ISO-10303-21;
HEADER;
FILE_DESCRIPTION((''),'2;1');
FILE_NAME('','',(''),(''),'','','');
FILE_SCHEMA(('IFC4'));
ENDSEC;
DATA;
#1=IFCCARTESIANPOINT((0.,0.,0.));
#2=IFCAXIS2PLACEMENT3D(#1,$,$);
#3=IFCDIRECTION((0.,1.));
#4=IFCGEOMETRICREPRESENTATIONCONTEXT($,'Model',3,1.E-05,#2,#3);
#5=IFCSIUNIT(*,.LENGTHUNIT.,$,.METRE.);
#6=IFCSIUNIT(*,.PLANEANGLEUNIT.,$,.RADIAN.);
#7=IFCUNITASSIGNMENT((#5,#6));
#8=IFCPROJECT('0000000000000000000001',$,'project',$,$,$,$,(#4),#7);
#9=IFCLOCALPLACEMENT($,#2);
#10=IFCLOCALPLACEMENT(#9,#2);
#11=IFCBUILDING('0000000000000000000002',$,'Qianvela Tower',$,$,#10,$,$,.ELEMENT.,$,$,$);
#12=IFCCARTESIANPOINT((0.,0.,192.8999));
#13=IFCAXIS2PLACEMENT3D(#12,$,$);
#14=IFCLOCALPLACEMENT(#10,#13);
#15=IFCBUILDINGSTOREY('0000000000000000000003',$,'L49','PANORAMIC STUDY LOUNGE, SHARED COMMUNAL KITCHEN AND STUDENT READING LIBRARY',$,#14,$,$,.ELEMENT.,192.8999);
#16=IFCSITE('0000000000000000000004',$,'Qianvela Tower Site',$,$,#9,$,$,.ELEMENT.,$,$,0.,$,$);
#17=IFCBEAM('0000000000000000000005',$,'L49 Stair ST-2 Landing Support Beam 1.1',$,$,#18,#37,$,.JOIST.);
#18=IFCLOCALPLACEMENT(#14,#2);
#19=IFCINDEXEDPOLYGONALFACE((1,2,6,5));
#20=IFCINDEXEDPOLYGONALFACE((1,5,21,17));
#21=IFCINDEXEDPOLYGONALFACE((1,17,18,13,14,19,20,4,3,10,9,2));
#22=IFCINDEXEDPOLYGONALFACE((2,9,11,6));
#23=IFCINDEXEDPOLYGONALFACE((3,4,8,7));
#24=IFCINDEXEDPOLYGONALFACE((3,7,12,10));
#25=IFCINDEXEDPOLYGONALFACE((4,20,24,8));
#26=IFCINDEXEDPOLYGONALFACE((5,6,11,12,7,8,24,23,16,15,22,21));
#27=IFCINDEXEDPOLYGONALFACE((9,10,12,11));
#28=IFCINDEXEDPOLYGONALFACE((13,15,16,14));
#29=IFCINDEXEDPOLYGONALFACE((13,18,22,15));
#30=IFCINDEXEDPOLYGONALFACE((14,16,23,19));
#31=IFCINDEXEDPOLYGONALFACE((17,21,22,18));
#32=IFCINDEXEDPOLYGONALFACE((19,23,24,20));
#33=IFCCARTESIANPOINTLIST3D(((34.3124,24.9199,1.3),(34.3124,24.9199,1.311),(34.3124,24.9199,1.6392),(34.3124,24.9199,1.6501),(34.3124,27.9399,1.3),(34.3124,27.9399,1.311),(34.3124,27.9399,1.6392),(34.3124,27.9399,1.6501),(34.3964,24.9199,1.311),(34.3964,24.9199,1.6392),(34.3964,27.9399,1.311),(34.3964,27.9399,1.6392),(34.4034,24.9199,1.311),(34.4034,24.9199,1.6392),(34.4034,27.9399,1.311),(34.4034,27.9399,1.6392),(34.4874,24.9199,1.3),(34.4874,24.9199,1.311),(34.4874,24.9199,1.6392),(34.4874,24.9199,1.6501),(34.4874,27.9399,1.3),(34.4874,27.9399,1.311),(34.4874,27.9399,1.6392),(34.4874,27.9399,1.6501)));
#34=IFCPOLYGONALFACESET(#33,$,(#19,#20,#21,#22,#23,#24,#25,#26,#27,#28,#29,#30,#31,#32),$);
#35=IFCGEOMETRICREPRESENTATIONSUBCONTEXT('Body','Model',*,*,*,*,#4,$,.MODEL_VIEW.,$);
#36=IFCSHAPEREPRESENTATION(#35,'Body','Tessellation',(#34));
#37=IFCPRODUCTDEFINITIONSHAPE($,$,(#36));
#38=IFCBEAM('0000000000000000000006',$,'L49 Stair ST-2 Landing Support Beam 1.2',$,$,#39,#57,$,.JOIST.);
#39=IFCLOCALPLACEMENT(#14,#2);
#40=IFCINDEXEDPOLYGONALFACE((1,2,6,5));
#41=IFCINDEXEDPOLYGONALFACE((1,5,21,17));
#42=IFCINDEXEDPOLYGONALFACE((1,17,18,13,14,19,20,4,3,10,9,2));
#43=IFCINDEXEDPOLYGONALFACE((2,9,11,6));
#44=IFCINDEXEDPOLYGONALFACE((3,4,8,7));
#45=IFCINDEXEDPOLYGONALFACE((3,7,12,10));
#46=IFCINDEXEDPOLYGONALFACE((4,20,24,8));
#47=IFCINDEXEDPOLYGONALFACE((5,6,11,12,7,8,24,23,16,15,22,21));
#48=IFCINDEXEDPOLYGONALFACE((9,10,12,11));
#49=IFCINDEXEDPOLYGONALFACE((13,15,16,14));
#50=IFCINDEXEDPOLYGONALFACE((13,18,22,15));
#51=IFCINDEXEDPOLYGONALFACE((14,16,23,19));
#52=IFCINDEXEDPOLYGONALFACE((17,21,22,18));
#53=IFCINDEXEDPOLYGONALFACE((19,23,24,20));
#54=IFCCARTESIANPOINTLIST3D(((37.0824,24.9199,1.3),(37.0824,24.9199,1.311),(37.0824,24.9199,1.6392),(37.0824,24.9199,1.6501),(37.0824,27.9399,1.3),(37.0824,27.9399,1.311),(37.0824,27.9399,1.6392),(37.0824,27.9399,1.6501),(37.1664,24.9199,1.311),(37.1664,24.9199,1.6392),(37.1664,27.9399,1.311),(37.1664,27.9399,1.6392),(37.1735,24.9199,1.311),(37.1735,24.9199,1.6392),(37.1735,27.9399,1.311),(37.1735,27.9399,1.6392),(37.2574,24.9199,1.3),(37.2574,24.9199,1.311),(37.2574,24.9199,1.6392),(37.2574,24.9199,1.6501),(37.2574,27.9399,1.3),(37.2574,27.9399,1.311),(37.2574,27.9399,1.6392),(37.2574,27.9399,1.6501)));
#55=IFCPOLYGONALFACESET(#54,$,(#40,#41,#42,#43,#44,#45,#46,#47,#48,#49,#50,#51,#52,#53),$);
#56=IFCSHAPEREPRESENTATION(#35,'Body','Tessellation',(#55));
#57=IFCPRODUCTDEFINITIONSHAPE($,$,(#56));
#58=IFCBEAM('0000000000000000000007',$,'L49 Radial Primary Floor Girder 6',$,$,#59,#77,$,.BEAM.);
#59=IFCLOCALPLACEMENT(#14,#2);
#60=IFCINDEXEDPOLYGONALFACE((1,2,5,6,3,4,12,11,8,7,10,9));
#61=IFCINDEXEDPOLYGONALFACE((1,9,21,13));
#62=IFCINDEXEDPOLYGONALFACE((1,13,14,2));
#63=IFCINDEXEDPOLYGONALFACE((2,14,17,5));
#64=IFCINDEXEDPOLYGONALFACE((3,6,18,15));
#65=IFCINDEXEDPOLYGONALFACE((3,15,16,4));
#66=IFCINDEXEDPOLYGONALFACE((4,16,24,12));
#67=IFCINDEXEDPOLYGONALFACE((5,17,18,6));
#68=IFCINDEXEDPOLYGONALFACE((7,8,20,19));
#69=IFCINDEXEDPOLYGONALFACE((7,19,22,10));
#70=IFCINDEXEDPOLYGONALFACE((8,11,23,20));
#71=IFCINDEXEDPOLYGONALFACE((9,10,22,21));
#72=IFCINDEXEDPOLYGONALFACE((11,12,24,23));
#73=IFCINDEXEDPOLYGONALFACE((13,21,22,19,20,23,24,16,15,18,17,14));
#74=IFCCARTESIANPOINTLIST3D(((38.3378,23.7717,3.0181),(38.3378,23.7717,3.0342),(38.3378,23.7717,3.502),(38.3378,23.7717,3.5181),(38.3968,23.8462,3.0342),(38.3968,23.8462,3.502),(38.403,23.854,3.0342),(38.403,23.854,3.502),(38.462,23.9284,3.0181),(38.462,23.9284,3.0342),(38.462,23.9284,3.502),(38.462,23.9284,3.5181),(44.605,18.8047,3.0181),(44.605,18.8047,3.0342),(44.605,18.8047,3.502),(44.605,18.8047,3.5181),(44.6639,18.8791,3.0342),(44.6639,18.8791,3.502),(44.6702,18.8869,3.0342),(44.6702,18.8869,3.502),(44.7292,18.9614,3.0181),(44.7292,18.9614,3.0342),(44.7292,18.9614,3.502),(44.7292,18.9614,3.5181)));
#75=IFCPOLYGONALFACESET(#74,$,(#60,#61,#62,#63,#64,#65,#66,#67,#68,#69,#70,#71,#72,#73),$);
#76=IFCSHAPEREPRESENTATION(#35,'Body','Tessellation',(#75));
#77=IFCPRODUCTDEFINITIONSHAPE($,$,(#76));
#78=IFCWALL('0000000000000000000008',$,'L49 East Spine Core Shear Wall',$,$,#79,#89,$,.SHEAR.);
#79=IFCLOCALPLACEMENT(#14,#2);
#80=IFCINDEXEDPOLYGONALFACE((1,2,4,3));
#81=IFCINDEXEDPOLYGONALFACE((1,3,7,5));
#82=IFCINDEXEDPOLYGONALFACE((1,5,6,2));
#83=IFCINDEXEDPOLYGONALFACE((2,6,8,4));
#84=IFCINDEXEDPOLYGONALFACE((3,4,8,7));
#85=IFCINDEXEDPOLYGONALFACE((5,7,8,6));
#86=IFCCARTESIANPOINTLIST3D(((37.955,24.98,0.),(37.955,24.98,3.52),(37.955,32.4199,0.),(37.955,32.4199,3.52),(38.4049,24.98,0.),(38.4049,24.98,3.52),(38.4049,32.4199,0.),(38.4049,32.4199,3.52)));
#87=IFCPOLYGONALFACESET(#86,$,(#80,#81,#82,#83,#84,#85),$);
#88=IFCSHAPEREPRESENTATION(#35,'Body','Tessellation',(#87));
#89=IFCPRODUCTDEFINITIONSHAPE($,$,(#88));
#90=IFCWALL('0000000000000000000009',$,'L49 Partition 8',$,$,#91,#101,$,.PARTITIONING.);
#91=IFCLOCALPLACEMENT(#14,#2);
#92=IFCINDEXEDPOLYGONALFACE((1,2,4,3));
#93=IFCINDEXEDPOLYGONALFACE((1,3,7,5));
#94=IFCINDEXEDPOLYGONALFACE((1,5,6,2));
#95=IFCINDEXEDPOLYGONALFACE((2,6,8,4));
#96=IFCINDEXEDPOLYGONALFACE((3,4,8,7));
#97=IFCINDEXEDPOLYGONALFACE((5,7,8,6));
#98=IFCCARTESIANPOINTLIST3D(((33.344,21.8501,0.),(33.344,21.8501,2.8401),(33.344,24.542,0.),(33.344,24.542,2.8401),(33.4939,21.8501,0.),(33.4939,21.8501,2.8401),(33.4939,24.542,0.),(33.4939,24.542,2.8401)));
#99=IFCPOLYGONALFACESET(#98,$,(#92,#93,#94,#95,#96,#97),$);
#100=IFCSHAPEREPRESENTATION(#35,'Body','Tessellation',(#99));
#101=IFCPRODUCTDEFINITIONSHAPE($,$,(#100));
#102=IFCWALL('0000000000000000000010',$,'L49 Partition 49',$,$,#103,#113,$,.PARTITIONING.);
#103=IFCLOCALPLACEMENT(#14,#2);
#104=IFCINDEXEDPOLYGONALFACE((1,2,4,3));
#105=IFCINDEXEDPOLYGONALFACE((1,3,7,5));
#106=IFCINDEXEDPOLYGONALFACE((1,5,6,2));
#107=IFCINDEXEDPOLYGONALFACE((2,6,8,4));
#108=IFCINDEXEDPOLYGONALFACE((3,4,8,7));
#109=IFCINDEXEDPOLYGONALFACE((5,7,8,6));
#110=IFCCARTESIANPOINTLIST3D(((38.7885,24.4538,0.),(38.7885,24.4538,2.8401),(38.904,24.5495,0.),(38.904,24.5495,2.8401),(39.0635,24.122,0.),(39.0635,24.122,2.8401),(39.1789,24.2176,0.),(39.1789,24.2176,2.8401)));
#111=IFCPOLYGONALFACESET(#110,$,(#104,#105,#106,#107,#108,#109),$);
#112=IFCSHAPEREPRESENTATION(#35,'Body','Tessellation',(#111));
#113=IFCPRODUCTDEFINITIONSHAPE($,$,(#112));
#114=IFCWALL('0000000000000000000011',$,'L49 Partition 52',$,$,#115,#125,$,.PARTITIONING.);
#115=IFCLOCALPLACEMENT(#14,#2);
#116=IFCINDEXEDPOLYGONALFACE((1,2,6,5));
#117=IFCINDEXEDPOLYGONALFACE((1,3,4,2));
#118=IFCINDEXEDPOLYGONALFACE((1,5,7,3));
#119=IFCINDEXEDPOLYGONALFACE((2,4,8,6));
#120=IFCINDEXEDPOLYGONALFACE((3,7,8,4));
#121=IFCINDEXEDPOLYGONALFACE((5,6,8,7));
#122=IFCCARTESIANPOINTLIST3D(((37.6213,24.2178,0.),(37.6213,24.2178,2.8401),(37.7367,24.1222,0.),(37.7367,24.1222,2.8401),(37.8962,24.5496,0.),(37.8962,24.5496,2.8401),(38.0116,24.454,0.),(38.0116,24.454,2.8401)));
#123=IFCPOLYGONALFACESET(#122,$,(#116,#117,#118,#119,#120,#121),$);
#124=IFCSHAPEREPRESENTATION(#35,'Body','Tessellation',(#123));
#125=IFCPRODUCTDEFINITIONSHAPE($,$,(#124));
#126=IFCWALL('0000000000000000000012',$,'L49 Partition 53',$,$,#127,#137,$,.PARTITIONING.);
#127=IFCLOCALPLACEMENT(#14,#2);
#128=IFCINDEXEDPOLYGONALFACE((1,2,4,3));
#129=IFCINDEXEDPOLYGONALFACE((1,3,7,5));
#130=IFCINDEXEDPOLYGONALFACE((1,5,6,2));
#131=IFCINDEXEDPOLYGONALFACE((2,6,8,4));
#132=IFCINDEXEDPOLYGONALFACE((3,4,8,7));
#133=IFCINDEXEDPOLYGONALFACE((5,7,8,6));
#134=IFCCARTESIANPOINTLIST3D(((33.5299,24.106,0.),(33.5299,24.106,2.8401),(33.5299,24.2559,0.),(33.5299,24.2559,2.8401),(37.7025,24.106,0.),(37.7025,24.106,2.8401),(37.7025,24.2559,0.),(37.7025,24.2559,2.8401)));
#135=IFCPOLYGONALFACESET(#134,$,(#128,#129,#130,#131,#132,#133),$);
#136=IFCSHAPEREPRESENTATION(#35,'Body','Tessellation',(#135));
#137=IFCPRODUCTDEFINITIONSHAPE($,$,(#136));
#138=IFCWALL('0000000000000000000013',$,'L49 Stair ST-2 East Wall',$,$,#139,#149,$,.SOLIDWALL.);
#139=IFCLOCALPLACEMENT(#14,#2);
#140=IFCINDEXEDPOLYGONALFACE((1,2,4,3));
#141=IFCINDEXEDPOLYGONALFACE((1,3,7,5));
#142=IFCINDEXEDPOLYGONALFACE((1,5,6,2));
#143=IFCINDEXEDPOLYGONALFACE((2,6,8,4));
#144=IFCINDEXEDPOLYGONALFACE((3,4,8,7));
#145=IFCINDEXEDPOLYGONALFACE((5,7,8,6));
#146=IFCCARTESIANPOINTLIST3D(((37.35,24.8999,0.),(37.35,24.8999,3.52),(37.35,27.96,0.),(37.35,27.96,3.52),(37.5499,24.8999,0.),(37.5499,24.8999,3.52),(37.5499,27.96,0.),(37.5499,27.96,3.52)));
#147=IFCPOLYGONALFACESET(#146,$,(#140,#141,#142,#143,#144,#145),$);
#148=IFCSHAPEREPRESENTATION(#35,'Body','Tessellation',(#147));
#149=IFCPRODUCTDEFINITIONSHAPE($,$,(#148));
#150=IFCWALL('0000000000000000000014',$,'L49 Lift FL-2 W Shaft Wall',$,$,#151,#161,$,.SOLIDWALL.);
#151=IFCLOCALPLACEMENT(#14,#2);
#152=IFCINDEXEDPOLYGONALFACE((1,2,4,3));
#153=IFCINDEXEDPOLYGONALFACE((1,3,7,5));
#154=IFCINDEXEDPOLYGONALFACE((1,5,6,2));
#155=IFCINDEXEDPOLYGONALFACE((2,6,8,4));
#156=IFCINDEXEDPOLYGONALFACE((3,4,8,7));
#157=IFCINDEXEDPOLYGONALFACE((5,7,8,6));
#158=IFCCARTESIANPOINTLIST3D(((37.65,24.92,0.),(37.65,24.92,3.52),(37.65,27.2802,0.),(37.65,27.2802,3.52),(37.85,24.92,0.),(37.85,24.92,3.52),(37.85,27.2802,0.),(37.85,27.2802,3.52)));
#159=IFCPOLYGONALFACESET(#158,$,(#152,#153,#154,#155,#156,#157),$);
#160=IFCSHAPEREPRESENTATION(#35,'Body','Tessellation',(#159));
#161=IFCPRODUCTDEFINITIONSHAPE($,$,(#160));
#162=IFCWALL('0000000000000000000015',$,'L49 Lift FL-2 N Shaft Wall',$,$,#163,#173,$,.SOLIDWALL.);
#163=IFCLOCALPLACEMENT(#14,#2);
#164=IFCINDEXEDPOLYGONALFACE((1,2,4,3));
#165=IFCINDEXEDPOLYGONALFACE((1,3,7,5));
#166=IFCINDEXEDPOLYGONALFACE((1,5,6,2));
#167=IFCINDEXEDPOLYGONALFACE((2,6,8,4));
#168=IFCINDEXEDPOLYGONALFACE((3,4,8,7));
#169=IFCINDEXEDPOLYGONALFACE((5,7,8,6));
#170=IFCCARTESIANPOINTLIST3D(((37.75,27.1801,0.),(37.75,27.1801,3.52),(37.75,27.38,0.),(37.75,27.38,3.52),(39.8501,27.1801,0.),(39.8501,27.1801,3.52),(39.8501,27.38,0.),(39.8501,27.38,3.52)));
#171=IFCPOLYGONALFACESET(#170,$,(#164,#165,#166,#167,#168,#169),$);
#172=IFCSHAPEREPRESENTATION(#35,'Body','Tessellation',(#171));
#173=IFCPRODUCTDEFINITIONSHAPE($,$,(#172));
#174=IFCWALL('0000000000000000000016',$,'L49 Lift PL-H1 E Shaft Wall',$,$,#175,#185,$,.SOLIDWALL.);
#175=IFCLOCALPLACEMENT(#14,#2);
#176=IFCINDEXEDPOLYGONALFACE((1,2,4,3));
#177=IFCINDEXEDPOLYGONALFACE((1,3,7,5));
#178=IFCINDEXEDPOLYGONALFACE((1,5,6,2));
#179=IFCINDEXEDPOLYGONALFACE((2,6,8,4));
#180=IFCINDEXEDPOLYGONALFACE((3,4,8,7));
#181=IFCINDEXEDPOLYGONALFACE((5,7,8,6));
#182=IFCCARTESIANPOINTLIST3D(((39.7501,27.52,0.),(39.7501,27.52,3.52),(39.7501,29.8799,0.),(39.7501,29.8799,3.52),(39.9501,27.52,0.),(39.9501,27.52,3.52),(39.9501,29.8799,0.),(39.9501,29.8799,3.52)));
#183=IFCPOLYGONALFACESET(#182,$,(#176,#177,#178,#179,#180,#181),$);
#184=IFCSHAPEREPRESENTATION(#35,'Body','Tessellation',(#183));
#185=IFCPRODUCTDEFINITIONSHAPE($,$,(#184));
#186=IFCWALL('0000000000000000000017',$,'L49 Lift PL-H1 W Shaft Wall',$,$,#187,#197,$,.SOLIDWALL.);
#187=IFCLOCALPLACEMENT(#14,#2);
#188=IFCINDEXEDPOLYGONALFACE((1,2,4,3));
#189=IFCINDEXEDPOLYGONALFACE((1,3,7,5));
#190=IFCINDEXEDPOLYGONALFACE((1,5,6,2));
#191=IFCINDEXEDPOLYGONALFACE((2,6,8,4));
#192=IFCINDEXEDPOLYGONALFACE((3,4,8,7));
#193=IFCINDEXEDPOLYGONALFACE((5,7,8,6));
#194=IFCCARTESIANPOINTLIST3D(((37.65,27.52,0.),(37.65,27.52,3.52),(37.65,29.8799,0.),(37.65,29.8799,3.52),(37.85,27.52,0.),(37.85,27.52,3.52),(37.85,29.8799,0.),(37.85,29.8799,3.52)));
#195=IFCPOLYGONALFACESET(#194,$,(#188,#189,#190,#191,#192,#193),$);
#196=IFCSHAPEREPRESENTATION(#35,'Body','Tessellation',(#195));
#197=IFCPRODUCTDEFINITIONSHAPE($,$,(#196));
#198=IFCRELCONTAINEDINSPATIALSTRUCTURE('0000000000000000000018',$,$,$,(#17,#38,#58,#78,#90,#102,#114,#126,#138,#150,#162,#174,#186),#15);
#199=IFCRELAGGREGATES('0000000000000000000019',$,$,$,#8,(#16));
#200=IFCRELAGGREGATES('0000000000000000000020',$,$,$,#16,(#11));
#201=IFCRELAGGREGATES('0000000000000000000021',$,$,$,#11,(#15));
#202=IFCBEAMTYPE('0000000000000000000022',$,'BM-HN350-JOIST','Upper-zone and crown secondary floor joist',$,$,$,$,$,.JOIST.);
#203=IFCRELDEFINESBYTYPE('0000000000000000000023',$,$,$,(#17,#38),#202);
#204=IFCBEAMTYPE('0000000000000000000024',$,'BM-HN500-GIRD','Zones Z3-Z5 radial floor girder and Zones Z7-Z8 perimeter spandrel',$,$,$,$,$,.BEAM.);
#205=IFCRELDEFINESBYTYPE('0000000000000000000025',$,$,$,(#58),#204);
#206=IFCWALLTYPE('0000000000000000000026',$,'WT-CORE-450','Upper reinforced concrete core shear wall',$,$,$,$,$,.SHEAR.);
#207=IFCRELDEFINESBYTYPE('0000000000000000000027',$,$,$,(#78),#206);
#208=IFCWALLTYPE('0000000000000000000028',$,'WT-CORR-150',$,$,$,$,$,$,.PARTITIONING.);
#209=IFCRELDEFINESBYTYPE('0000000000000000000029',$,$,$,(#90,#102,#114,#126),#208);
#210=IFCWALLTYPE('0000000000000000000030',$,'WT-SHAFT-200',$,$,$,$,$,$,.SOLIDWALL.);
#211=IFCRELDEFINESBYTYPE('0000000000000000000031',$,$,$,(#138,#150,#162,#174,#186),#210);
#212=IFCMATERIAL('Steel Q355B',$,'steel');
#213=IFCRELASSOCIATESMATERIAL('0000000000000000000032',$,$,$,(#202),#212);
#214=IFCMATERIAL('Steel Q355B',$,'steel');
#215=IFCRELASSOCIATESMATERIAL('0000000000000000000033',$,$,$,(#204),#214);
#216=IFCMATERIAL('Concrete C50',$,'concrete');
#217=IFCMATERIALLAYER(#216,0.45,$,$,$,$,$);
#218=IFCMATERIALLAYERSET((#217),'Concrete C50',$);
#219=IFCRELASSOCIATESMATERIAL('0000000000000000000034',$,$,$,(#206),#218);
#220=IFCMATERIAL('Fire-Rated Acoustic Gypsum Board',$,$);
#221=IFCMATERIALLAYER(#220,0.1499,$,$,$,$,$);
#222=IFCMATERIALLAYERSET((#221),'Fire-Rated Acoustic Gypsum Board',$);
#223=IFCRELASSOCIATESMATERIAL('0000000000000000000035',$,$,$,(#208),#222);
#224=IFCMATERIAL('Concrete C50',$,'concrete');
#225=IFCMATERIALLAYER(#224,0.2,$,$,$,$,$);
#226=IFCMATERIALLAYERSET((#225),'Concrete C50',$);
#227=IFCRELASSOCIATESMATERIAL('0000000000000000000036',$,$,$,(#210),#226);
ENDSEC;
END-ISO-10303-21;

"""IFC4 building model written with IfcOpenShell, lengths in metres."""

from ifc_helpers import new_model, si_unit, direction, frame, frame_2d, origin, origin_2d, place, context, subcontext, project, spatial, rectangle, i_section, extrude, material, layer, layer_set, material_profile, profile_set, type_object, element, save


model = new_model("IFC4")

# Units and contexts
model_context = context("Model", 3, precision=1e-05, world=origin(), true_north=direction((0.0, 1.0)))
body_context = subcontext(model_context, "Body", "Model", "MODEL_VIEW")
ifc_project = project(units=[si_unit("LENGTHUNIT", "METRE"), si_unit("PLANEANGLEUNIT", "RADIAN")], contexts=[model_context])

# Site, building, storey
site_placement = place(None, origin())
site = spatial("IfcSite", under=ifc_project, at=site_placement, Name="Qianvela Tower Site", CompositionType="ELEMENT", RefElevation=0.0)
building_placement = place(site_placement, origin())
building = spatial("IfcBuilding", under=site, at=building_placement, Name="Qianvela Tower", CompositionType="ELEMENT")
storey_placement = place(building_placement, frame((0.0, 0.0, 192.8999)))
storey = spatial("IfcBuildingStorey", under=building, at=storey_placement, Name="L49", Description="PANORAMIC STUDY LOUNGE, SHARED COMMUNAL KITCHEN AND STUDENT READING LIBRARY", CompositionType="ELEMENT", Elevation=192.8999)

# Beams
ifc_material_1 = material(Name="Steel Q355B", Category="steel")
ifc_material_profile_1 = material_profile(ifc_material_1, i_section(OverallWidth=0.175, OverallDepth=0.3501, WebThickness=0.0071, FlangeThickness=0.011, at=origin_2d()), Name="HN350x175x7x11")
ifc_profile_set_1 = profile_set([ifc_material_profile_1], Name="Steel Q355B")
beam_type_1 = type_object("IfcBeamType", Name="BM-HN350-JOIST", Description="Upper-zone and crown secondary floor joist", PredefinedType="JOIST", material=ifc_profile_set_1)
for number, where, z_axis, x_axis, name in (
    (1, (34.3999, 24.9199, 1.4751), (0.0, 1.0, 0.0), (-1.0, 0.0, 0.0), "L49 Stair ST-2 Landing Support Beam 1.1"),
    (2, (37.1699, 24.9199, 1.4751), (0.0, 1.0, 0.0), (-1.0, 0.0, 0.0), "L49 Stair ST-2 Landing Support Beam 1.2"),
):
    element("IfcBeam", number, at=place(storey_placement, frame(where, z_axis=z_axis, x_axis=x_axis)), inside=storey, type_object=beam_type_1, Name=name, PredefinedType="JOIST", context=body_context, shape_type="SweptSolid", body=[
        extrude(i_section(OverallWidth=0.175, OverallDepth=0.3501, WebThickness=0.0071, FlangeThickness=0.011, at=origin_2d()), origin(), (0.0, 0.0, 1.0), 3.02),
    ])
ifc_material_2 = material(Name="Steel Q355B", Category="steel")
ifc_material_profile_2 = material_profile(ifc_material_2, i_section(OverallWidth=0.2, OverallDepth=0.5, WebThickness=0.01, FlangeThickness=0.0161, at=origin_2d()), Name="HN500x200x10x16")
ifc_profile_set_2 = profile_set([ifc_material_profile_2], Name="Steel Q355B")
beam_type_2 = type_object("IfcBeamType", Name="BM-HN500-GIRD", Description="Zones Z3-Z5 radial floor girder and Zones Z7-Z8 perimeter spandrel", PredefinedType="BEAM", material=ifc_profile_set_2)
beam_placement = place(storey_placement, frame((38.3999, 23.8501, 3.2681), z_axis=(0.783705, -0.621133, 0.0), x_axis=(0.621133, 0.783705, 0.0)))
element("IfcBeam", 3, at=beam_placement, inside=storey, type_object=beam_type_2, Name="L49 Radial Primary Floor Girder 6", PredefinedType="BEAM", context=body_context, shape_type="SweptSolid", body=[
    extrude(i_section(OverallWidth=0.2, OverallDepth=0.5, WebThickness=0.01, FlangeThickness=0.0161, at=origin_2d()), origin(), (0.0, 0.0, 1.0), 7.9968),
])

# Walls
ifc_material_3 = material(Name="Concrete C50", Category="concrete")
ifc_layer_1 = layer(ifc_material_3, 0.45)
ifc_layer_set_1 = layer_set([ifc_layer_1], Name="Concrete C50")
wall_type_1 = type_object("IfcWallType", Name="WT-CORE-450", Description="Upper reinforced concrete core shear wall", PredefinedType="SHEAR", material=ifc_layer_set_1)
wall_1_placement = place(storey_placement, frame((38.1799, 24.98, 0.0), z_axis=(0.0, 0.0, 1.0), x_axis=(0.0, 1.0, 0.0)))
element("IfcWall", 4, at=wall_1_placement, inside=storey, type_object=wall_type_1, Name="L49 East Spine Core Shear Wall", PredefinedType="SHEAR", context=body_context, shape_type="SweptSolid", body=[
    extrude(rectangle(XDim=7.4399, YDim=0.45, at=frame_2d((3.72, 0.0))), origin(), (0.0, 0.0, 1.0), 3.52),
])
ifc_material_4 = material(Name="Fire-Rated Acoustic Gypsum Board")
ifc_layer_2 = layer(ifc_material_4, 0.1499)
ifc_layer_set_2 = layer_set([ifc_layer_2], Name="Fire-Rated Acoustic Gypsum Board")
wall_type_2 = type_object("IfcWallType", Name="WT-CORR-150", PredefinedType="PARTITIONING", material=ifc_layer_set_2)
wall_2_placement = place(storey_placement, frame((33.4189, 24.542, 0.0), z_axis=(0.0, 0.0, 1.0), x_axis=(0.0, -1.0, 0.0)))
element("IfcWall", 5, at=wall_2_placement, inside=storey, type_object=wall_type_2, Name="L49 Partition 8", PredefinedType="PARTITIONING", context=body_context, shape_type="SweptSolid", body=[
    extrude(rectangle(XDim=2.6919, YDim=0.1499, at=frame_2d((1.3459, 0.0))), origin(), (0.0, 0.0, 1.0), 2.8401),
])
for number, where, z_axis, x_axis, name in (
    (6, (39.1211, 24.1699, 0.0), (0.0, 0.0, 1.0), (-0.638008, 0.77003, 0.0), "L49 Partition 49"),
    (7, (37.9539, 24.5017, 0.0), (0.0, 0.0, 1.0), (-0.638008, -0.77003, 0.0), "L49 Partition 52"),
):
    element("IfcWall", number, at=place(storey_placement, frame(where, z_axis=z_axis, x_axis=x_axis)), inside=storey, type_object=wall_type_2, Name=name, PredefinedType="PARTITIONING", context=body_context, shape_type="SweptSolid", body=[
        extrude(rectangle(XDim=0.4309, YDim=0.1499, at=frame_2d((0.2153, 0.0))), origin(), (0.0, 0.0, 1.0), 2.8401),
    ])
wall_3_placement = place(storey_placement, frame((37.7026, 24.1809, 0.0), z_axis=(0.0, 0.0, 1.0), x_axis=(-1.0, 0.0, 0.0)))
element("IfcWall", 8, at=wall_3_placement, inside=storey, type_object=wall_type_2, Name="L49 Partition 53", PredefinedType="PARTITIONING", context=body_context, shape_type="SweptSolid", body=[
    extrude(rectangle(XDim=4.1726, YDim=0.1499, at=frame_2d((2.0864, 0.0))), origin(), (0.0, 0.0, 1.0), 2.8401),
])
ifc_material_5 = material(Name="Concrete C50", Category="concrete")
ifc_layer_3 = layer(ifc_material_5, 0.2)
ifc_layer_set_3 = layer_set([ifc_layer_3], Name="Concrete C50")
wall_type_3 = type_object("IfcWallType", Name="WT-SHAFT-200", PredefinedType="SOLIDWALL", material=ifc_layer_set_3)
wall_4_placement = place(storey_placement, frame((37.45, 24.8999, 0.0), z_axis=(0.0, 0.0, 1.0), x_axis=(0.0, 1.0, 0.0)))
element("IfcWall", 9, at=wall_4_placement, inside=storey, type_object=wall_type_3, Name="L49 Stair ST-2 East Wall", PredefinedType="SOLIDWALL", context=body_context, shape_type="SweptSolid", body=[
    extrude(rectangle(XDim=3.0601, YDim=0.2, at=frame_2d((1.53, 0.0))), origin(), (0.0, 0.0, 1.0), 3.52),
])

# Walls
wall_5_placement = place(storey_placement, frame((37.75, 24.9199, 0.0), z_axis=(0.0, 0.0, 1.0), x_axis=(0.0, 1.0, 0.0)))
element("IfcWall", 10, at=wall_5_placement, inside=storey, type_object=wall_type_3, Name="L49 Lift FL-2 W Shaft Wall", PredefinedType="SOLIDWALL", context=body_context, shape_type="SweptSolid", body=[
    extrude(rectangle(XDim=2.3601, YDim=0.2, at=frame_2d((1.1802, 0.0))), origin(), (0.0, 0.0, 1.0), 3.52),
])
wall_6_placement = place(storey_placement, frame((37.75, 27.28, 0.0), z_axis=(0.0, 0.0, 1.0), x_axis=(1.0, 0.0, 0.0)))
element("IfcWall", 11, at=wall_6_placement, inside=storey, type_object=wall_type_3, Name="L49 Lift FL-2 N Shaft Wall", PredefinedType="SOLIDWALL", context=body_context, shape_type="SweptSolid", body=[
    extrude(rectangle(XDim=2.1001, YDim=0.2, at=frame_2d((1.05, 0.0))), origin(), (0.0, 0.0, 1.0), 3.52),
])
for number, where, z_axis, x_axis, name in (
    (12, (39.8501, 27.52, 0.0), (0.0, 0.0, 1.0), (0.0, 1.0, 0.0), "L49 Lift PL-H1 E Shaft Wall"),
    (13, (37.75, 27.52, 0.0), (0.0, 0.0, 1.0), (0.0, 1.0, 0.0), "L49 Lift PL-H1 W Shaft Wall"),
):
    element("IfcWall", number, at=place(storey_placement, frame(where, z_axis=z_axis, x_axis=x_axis)), inside=storey, type_object=wall_type_3, Name=name, PredefinedType="SOLIDWALL", context=body_context, shape_type="SweptSolid", body=[
        extrude(rectangle(XDim=2.3599, YDim=0.2, at=frame_2d((1.1799, 0.0))), origin(), (0.0, 0.0, 1.0), 3.52),
    ])

save(model, "model.ifc")
